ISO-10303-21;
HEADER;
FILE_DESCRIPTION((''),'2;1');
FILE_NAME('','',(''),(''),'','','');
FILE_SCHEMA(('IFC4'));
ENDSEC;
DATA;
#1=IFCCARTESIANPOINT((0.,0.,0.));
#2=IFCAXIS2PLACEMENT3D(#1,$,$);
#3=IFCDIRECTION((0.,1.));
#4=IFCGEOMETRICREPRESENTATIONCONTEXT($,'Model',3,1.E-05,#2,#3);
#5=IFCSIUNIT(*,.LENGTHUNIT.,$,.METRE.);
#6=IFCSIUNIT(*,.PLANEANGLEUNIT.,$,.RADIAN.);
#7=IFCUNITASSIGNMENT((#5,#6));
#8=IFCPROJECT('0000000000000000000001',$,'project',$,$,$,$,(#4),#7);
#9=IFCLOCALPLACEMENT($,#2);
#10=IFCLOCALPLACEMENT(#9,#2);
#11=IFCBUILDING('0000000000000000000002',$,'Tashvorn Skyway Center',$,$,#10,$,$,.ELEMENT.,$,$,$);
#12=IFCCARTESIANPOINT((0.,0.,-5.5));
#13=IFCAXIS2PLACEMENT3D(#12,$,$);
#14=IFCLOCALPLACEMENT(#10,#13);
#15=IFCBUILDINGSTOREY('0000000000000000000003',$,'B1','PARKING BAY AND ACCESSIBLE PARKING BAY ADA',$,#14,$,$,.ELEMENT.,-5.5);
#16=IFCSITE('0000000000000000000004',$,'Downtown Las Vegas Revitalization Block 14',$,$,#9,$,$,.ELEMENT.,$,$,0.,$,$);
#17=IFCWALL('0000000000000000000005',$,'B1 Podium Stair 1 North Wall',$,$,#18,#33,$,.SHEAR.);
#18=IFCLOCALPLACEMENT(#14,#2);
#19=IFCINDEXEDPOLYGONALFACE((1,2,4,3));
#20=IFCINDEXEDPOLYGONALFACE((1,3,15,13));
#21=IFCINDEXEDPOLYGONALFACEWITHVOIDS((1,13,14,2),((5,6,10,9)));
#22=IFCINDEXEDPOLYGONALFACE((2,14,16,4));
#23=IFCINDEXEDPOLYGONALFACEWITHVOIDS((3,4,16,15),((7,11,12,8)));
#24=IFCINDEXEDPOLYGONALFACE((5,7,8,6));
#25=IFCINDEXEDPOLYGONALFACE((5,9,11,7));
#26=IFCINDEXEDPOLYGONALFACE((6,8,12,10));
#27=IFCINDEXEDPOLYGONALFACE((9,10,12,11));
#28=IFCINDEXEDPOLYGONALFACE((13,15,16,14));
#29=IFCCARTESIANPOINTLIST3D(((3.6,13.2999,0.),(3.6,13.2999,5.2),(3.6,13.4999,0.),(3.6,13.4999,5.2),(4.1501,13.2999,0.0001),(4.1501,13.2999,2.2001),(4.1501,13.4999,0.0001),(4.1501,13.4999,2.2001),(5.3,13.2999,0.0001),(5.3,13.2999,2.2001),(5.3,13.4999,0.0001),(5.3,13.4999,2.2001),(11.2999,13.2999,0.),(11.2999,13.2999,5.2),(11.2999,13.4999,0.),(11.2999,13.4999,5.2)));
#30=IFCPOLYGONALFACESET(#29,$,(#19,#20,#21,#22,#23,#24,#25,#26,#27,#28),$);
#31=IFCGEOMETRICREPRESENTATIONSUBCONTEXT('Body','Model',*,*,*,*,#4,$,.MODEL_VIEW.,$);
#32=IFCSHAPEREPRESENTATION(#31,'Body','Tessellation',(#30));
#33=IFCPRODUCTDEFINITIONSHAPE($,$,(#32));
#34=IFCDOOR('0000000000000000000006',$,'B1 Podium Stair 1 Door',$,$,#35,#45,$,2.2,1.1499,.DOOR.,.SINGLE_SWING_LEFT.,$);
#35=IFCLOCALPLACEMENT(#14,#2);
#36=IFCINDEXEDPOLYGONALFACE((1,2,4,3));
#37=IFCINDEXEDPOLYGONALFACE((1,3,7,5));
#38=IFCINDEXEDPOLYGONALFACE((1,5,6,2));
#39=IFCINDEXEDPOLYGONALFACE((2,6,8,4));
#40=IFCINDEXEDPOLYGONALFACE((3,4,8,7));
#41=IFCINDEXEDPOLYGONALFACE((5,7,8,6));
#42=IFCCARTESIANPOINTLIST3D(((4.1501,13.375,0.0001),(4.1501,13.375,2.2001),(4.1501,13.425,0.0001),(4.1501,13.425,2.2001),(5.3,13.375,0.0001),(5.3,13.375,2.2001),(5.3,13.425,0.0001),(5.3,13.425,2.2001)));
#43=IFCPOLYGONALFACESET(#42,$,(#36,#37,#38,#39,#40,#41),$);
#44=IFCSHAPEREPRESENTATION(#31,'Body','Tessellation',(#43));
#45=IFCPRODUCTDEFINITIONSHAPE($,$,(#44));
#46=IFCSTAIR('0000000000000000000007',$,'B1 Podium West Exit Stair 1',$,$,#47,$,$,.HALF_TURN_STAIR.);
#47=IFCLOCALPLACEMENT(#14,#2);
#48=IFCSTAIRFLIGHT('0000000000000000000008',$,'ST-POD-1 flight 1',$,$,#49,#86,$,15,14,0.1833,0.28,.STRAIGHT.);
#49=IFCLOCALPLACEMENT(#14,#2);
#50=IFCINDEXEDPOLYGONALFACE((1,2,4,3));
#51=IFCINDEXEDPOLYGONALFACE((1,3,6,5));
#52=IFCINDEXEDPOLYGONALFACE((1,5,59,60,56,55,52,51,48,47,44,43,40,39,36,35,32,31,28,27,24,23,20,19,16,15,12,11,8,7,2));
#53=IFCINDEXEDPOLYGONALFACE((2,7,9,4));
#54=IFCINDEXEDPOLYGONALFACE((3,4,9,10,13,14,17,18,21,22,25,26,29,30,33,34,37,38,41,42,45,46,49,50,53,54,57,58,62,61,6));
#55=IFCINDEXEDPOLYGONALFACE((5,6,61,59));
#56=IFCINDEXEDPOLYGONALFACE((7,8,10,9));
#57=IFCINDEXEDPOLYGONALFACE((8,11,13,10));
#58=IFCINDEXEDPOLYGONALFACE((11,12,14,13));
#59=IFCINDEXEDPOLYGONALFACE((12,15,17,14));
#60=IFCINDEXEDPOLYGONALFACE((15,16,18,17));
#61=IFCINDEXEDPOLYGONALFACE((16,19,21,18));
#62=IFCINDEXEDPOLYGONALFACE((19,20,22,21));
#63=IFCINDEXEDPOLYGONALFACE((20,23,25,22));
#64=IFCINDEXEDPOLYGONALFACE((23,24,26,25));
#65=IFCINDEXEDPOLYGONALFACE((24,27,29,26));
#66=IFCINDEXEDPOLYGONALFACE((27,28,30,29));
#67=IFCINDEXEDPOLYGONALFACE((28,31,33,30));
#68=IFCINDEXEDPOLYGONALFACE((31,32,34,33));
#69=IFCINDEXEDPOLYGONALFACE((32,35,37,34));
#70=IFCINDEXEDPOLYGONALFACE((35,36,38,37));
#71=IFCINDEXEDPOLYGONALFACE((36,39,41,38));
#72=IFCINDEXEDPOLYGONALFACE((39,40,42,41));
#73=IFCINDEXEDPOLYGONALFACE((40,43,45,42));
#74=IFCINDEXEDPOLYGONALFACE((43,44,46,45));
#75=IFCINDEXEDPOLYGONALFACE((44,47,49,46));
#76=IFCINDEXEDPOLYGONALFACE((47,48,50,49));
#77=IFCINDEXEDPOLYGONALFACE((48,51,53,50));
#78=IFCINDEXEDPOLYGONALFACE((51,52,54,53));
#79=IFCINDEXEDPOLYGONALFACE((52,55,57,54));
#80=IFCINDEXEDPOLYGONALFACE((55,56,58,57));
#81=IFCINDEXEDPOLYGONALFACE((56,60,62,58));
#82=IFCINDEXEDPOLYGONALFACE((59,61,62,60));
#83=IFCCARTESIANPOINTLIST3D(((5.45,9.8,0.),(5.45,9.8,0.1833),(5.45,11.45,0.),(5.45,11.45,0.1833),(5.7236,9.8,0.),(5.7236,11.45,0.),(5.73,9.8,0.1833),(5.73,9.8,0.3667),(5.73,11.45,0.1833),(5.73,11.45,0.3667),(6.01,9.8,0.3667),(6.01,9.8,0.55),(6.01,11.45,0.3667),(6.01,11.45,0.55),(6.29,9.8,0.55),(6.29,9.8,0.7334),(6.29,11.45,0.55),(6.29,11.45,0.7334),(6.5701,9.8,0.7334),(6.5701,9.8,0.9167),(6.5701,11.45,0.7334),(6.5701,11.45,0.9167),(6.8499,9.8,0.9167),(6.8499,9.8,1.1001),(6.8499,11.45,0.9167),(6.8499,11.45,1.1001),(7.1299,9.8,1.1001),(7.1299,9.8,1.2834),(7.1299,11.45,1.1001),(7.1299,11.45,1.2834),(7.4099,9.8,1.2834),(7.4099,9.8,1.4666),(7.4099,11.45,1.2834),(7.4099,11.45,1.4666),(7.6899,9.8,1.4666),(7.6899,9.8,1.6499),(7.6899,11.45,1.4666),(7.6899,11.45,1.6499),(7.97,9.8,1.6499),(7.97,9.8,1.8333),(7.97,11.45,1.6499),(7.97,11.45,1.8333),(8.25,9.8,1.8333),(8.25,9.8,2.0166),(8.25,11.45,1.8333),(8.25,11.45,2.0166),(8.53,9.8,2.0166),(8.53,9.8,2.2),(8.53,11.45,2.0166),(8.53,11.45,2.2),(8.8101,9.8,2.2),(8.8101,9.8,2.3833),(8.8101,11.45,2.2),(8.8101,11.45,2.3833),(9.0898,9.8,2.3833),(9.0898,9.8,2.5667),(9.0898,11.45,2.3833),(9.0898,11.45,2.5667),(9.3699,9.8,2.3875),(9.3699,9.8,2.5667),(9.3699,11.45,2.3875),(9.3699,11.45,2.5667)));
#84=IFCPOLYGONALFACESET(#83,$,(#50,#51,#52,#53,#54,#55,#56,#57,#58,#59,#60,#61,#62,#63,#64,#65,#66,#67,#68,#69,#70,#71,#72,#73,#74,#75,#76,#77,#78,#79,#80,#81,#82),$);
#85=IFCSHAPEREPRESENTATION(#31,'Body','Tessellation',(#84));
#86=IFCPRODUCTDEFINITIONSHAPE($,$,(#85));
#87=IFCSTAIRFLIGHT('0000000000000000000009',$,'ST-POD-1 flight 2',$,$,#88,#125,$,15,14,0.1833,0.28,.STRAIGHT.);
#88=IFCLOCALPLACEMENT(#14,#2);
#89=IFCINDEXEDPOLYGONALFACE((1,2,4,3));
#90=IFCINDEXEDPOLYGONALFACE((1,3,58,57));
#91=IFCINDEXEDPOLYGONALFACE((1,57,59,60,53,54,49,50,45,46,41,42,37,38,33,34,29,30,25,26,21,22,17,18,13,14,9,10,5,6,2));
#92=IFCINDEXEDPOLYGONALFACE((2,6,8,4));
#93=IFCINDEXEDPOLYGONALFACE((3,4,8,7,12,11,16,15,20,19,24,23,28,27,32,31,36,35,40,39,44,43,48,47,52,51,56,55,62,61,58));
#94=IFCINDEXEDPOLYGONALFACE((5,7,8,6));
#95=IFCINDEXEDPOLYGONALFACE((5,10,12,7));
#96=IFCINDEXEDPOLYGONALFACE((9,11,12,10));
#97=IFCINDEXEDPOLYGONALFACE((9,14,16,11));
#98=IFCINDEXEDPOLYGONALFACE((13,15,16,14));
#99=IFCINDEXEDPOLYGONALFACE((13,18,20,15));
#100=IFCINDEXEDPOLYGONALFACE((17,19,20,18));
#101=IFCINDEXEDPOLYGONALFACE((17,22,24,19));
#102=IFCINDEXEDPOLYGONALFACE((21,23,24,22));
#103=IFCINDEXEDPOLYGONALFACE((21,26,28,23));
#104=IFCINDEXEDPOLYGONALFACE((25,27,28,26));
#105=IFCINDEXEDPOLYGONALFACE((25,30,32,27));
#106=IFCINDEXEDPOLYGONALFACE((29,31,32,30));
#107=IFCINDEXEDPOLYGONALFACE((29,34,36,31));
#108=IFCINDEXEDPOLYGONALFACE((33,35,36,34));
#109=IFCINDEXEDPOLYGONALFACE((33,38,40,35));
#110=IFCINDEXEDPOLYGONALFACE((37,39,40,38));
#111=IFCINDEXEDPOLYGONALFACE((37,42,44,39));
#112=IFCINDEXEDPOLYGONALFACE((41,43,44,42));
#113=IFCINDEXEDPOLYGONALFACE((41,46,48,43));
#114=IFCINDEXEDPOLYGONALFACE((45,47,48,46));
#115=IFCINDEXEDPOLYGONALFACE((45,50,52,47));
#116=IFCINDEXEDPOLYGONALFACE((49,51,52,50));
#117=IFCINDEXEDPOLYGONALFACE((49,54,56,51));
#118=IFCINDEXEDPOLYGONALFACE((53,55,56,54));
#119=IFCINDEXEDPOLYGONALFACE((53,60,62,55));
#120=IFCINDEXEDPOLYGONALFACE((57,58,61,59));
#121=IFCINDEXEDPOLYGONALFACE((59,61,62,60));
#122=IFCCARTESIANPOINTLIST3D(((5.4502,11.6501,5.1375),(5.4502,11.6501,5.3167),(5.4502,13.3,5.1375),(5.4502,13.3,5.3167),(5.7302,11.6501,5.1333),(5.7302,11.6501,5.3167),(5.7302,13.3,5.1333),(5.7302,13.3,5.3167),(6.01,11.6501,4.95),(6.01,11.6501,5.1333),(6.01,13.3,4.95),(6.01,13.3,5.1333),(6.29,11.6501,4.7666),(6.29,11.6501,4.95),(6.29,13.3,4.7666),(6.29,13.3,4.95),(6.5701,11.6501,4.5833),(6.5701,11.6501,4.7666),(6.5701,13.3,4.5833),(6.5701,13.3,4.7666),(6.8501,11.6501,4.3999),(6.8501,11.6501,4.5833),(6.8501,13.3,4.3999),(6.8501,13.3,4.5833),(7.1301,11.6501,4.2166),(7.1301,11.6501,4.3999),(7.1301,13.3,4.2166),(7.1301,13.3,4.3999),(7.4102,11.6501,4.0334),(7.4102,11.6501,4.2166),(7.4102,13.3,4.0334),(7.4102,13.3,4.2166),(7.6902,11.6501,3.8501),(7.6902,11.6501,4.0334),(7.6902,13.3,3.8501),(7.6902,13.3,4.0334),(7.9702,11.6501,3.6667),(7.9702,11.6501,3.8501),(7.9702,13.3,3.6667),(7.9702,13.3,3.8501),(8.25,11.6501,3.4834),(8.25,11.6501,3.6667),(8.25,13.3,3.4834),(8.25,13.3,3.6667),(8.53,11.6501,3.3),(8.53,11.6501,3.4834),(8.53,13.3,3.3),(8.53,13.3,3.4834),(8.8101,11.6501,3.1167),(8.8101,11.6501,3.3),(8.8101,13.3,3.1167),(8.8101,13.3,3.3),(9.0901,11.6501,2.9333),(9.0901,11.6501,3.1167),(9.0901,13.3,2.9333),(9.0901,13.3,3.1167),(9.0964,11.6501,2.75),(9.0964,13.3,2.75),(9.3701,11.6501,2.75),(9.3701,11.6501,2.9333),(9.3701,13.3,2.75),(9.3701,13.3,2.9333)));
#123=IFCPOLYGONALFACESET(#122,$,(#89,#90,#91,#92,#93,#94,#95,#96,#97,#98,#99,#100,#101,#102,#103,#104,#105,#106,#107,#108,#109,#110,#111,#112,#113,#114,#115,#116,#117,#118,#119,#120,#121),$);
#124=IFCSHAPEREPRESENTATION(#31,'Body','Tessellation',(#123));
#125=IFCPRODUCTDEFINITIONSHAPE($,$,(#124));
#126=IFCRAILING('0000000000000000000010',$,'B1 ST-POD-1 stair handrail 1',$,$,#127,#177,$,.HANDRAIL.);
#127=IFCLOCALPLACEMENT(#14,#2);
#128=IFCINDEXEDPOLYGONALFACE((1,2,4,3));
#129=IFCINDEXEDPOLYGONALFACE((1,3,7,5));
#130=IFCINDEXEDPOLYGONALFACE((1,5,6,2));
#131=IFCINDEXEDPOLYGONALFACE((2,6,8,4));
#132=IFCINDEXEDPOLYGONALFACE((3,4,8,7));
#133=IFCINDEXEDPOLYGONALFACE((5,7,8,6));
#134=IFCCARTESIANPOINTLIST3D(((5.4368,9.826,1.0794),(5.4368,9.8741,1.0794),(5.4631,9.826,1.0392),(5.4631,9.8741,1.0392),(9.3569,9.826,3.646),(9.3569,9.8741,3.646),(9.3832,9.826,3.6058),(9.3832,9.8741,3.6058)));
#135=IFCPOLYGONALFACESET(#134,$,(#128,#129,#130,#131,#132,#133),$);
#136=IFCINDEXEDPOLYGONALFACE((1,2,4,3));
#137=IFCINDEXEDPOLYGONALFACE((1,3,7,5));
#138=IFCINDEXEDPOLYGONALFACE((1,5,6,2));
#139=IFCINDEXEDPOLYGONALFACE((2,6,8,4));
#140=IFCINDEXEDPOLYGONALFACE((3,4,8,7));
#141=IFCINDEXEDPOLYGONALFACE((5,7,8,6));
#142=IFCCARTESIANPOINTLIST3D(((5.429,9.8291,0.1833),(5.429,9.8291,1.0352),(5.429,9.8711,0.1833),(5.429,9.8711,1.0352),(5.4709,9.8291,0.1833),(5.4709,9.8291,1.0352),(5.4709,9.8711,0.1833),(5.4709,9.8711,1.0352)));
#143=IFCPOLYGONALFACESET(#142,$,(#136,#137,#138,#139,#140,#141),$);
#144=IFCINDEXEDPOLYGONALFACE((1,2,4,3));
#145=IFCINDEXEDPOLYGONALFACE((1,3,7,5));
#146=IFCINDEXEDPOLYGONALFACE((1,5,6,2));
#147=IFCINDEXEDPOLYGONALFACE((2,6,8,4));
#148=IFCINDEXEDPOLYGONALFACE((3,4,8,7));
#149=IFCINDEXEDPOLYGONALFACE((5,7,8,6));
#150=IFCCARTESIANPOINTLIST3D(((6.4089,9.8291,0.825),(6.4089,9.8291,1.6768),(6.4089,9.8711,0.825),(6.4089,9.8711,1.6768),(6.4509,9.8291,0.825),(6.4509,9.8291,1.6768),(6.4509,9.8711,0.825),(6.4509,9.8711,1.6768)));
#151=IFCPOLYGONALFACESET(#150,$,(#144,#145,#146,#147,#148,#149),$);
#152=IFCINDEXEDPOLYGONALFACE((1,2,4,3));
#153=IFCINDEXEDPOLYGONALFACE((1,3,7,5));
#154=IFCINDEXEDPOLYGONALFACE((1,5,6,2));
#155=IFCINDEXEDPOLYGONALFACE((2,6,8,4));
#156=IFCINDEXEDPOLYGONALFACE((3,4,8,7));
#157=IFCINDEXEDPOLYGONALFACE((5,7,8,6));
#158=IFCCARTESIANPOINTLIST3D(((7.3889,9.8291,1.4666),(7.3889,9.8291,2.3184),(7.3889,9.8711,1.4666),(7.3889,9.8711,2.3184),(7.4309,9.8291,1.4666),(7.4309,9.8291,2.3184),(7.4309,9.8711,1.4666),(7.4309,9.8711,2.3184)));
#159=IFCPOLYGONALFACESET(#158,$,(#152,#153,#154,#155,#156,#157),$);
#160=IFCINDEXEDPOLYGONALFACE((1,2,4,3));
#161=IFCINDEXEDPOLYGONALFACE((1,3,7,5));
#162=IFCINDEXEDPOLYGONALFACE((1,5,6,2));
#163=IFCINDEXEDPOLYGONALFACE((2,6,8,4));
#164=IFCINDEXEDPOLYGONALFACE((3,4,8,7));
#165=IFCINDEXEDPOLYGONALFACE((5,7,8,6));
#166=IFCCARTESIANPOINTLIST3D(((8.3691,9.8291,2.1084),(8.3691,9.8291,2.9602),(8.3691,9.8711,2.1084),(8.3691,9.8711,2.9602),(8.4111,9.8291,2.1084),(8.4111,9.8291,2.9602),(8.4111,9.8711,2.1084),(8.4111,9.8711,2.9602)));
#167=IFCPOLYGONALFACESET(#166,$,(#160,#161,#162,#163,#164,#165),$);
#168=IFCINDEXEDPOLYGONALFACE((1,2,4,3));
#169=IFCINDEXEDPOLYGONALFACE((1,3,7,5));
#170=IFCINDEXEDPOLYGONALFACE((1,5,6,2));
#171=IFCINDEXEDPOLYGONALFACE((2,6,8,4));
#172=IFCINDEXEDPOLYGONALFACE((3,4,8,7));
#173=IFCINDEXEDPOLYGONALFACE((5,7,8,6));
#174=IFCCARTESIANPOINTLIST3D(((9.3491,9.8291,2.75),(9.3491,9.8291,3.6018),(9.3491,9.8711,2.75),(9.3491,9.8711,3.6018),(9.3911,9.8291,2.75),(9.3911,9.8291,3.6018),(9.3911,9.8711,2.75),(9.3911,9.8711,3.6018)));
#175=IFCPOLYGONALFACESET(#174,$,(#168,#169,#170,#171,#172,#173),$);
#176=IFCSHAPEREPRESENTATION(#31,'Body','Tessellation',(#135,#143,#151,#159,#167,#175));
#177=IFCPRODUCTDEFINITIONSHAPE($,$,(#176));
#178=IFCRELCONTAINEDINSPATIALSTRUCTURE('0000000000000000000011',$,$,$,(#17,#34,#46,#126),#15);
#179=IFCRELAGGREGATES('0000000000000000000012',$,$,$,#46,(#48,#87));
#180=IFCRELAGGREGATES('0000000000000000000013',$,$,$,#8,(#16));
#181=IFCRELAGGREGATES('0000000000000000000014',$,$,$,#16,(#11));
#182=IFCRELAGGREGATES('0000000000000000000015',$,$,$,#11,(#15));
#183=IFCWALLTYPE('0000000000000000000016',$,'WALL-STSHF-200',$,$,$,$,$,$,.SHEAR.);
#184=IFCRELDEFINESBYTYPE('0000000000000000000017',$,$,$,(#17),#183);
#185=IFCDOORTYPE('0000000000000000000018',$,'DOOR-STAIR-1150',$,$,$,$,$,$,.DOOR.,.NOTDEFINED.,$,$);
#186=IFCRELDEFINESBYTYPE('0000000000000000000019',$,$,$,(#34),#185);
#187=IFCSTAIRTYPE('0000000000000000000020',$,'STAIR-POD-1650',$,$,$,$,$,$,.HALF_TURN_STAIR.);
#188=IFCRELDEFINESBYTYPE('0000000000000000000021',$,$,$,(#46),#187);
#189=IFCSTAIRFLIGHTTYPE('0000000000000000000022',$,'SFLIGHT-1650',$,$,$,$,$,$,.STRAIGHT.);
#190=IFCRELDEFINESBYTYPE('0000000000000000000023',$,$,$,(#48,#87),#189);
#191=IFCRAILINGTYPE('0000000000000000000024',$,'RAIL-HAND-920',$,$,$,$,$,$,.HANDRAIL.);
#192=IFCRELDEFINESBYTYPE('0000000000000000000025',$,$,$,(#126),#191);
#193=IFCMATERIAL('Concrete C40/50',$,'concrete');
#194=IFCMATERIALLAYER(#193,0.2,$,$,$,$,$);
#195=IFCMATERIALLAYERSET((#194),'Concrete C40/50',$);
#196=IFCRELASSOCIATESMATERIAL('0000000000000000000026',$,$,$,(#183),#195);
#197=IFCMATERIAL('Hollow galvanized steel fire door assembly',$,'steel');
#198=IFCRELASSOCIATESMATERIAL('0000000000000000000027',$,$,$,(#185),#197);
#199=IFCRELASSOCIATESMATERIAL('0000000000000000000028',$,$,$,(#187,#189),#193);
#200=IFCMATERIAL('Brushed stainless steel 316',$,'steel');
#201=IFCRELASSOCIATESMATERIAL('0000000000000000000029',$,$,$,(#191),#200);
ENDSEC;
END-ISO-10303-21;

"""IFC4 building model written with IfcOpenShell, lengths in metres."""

from ifc_helpers import new_model, si_unit, direction, frame, frame_2d, origin, origin_2d, place, context, subcontext, project, spatial, polyline, rectangle, outline, extrude, material, layer, layer_set, type_object, element, fill, aggregate, save


model = new_model("IFC4")

# Units and contexts
model_context = context("Model", 3, precision=1e-05, world=origin(), true_north=direction((0.0, 1.0)))
body_context = subcontext(model_context, "Body", "Model", "MODEL_VIEW")
ifc_project = project(units=[si_unit("LENGTHUNIT", "METRE"), si_unit("PLANEANGLEUNIT", "RADIAN")], contexts=[model_context])

# Site, building, storey
site_placement = place(None, origin())
site = spatial("IfcSite", under=ifc_project, at=site_placement, Name="Downtown Las Vegas Revitalization Block 14", CompositionType="ELEMENT", RefElevation=0.0)
building_placement = place(site_placement, origin())
building = spatial("IfcBuilding", under=site, at=building_placement, Name="Tashvorn Skyway Center", CompositionType="ELEMENT")
storey_placement = place(building_placement, frame((0.0, 0.0, -5.5)))
storey = spatial("IfcBuildingStorey", under=building, at=storey_placement, Name="B1", Description="PARKING BAY AND ACCESSIBLE PARKING BAY ADA", CompositionType="ELEMENT", Elevation=-5.5)

# Wall, opening, door
ifc_material_1 = material(Name="Concrete C40/50", Category="concrete")
ifc_layer_1 = layer(ifc_material_1, 0.2)
ifc_layer_set_1 = layer_set([ifc_layer_1], Name="Concrete C40/50")
wall_type_1 = type_object("IfcWallType", Name="WALL-STSHF-200", PredefinedType="SHEAR", material=ifc_layer_set_1)
wall_1_placement = place(storey_placement, frame((11.3, 13.3999, 0.0), z_axis=(0.0, 0.0, 1.0), x_axis=(-1.0, 0.0, 0.0)))
wall_1 = element("IfcWall", 1, at=wall_1_placement, inside=storey, type_object=wall_type_1, Name="B1 Podium Stair 1 North Wall", PredefinedType="SHEAR", context=body_context, shape_type="SweptSolid", body=[
    extrude(rectangle(XDim=7.7, YDim=0.2, at=frame_2d((3.8501, 0.0))), origin(), (0.0, 0.0, 1.0), 5.2),
])
opening_1_placement = place(wall_1_placement, frame((6.0, 0.0, 0.0)))
opening_1 = element("IfcOpeningElement", 2, at=opening_1_placement, cuts=wall_1, PredefinedType="OPENING", context=body_context, shape_type="SweptSolid", body=[
    extrude(rectangle(XDim=1.1499, YDim=2.2, at=frame_2d((0.575, 1.1001))), frame((0.0, 0.1099, 0.0), z_axis=(0.0, -1.0, 0.0), x_axis=(1.0, 0.0, 0.0)), (0.0, 0.0, 1.0), 0.22),
])
ifc_material_2 = material(Name="Hollow galvanized steel fire door assembly", Category="steel")
door_type_1 = type_object("IfcDoorType", Name="DOOR-STAIR-1150", OperationType="NOTDEFINED", PredefinedType="DOOR", material=ifc_material_2)
door_1_placement = place(opening_1_placement, origin())
door_1 = element("IfcDoor", 3, at=door_1_placement, inside=storey, type_object=door_type_1, Name="B1 Podium Stair 1 Door", OperationType="SINGLE_SWING_LEFT", OverallHeight=2.2, OverallWidth=1.1499, PredefinedType="DOOR", context=body_context, shape_type="SweptSolid", body=[
    extrude(rectangle(XDim=1.1499, YDim=2.2, at=frame_2d((0.575, 1.1001))), frame((0.0, 0.0249, 0.0), z_axis=(0.0, -1.0, 0.0), x_axis=(1.0, 0.0, 0.0)), (0.0, 0.0, 1.0), 0.05),
])
fill(opening_1, door_1)

# Stair, stair flights
stair_type = type_object("IfcStairType", Name="STAIR-POD-1650", PredefinedType="HALF_TURN_STAIR", material=ifc_material_1)
stair_placement = place(storey_placement, origin())
stair = element("IfcStair", 4, at=stair_placement, inside=storey, type_object=stair_type, Name="B1 Podium West Exit Stair 1", PredefinedType="HALF_TURN_STAIR")
stair_flight_type = type_object("IfcStairFlightType", Name="SFLIGHT-1650", PredefinedType="STRAIGHT", material=ifc_material_1)
stair_flight_1_placement = place(storey_placement, frame((5.45, 10.625, 0.0), z_axis=(0.0, 0.0, 1.0), x_axis=(1.0, 0.0, 0.0)))
stair_flight_1 = element("IfcStairFlight", 5, at=stair_flight_1_placement, type_object=stair_flight_type, Name="ST-POD-1 flight 1", NumberOfRisers=15, NumberOfTreads=14, PredefinedType="STRAIGHT", RiserHeight=0.1833, TreadLength=0.28, context=body_context, shape_type="SweptSolid", body=[
    extrude(outline(polyline([(0.0, 0.0), (0.0, 0.1833), (0.28, 0.1833), (0.28, 0.3667), (0.5601, 0.3667), (0.5601, 0.55), (0.8401, 0.55), (0.8401, 0.7334), (1.1201, 0.7334), (1.1201, 0.9167), (1.3999, 0.9167), (1.3999, 1.1001), (1.6799, 1.1001), (1.6799, 1.2834), (1.96, 1.2834), (1.96, 1.4666), (2.24, 1.4666), (2.24, 1.6499), (2.52, 1.6499), (2.52, 1.8333), (2.8, 1.8333), (2.8, 2.0166), (3.0801, 2.0166), (3.0801, 2.2), (3.3601, 2.2), (3.3601, 2.3833), (3.6399, 2.3833), (3.6399, 2.5667), (3.9199, 2.5667), (3.9199, 2.75), (3.9199, 2.3875), (0.2737, 0.0), (0.0, 0.0)])), frame((0.0, 0.825, 0.0), z_axis=(0.0, -1.0, 0.0), x_axis=(1.0, 0.0, 0.0)), (0.0, 0.0, 1.0), 1.6499),
])
stair_flight_2_placement = place(storey_placement, frame((9.3701, 12.4751, 2.75), z_axis=(0.0, 0.0, 1.0), x_axis=(-1.0, 0.0, 0.0)))
stair_flight_2 = element("IfcStairFlight", 6, at=stair_flight_2_placement, type_object=stair_flight_type, Name="ST-POD-1 flight 2", NumberOfRisers=15, NumberOfTreads=14, PredefinedType="STRAIGHT", RiserHeight=0.1833, TreadLength=0.28, context=body_context, shape_type="SweptSolid", body=[
    extrude(outline(polyline([(0.0, 0.0), (0.0, 0.1833), (0.28, 0.1833), (0.28, 0.3667), (0.5601, 0.3667), (0.5601, 0.55), (0.8401, 0.55), (0.8401, 0.7334), (1.1201, 0.7334), (1.1201, 0.9167), (1.3999, 0.9167), (1.3999, 1.1001), (1.6799, 1.1001), (1.6799, 1.2834), (1.96, 1.2834), (1.96, 1.4666), (2.24, 1.4666), (2.24, 1.6499), (2.52, 1.6499), (2.52, 1.8333), (2.8, 1.8333), (2.8, 2.0166), (3.0801, 2.0166), (3.0801, 2.2), (3.3601, 2.2), (3.3601, 2.3833), (3.6399, 2.3833), (3.6399, 2.5667), (3.9199, 2.5667), (3.9199, 2.75), (3.9199, 2.3875), (0.2737, 0.0), (0.0, 0.0)])), frame((0.0, 0.825, 0.0), z_axis=(0.0, -1.0, 0.0), x_axis=(1.0, 0.0, 0.0)), (0.0, 0.0, 1.0), 1.6499),
])
aggregate(stair, [stair_flight_1, stair_flight_2])

# Railing
ifc_material_3 = material(Name="Brushed stainless steel 316", Category="steel")
railing_type_1 = type_object("IfcRailingType", Name="RAIL-HAND-920", PredefinedType="HANDRAIL", material=ifc_material_3)
railing_1_placement = place(storey_placement, frame((5.45, 9.8501, 0.1833)))
element("IfcRailing", 7, at=railing_1_placement, inside=storey, type_object=railing_type_1, Name="B1 ST-POD-1 stair handrail 1", PredefinedType="HANDRAIL", context=body_context, shape_type="SweptSolid", body=[
    extrude(rectangle(XDim=0.0481, YDim=0.0481, at=origin_2d()), frame((0.0, 0.0, 0.876), z_axis=(0.836631, 0.0, 0.547767), x_axis=(0.0, 1.0, 0.0)), (0.0, 0.0, 1.0), 4.6855),
    extrude(rectangle(XDim=0.042, YDim=0.042, at=origin_2d()), origin(), (0.0, 0.0, 1.0), 0.8518),
    extrude(rectangle(XDim=0.042, YDim=0.042, at=origin_2d()), frame((0.98, 0.0, 0.6416)), (0.0, 0.0, 1.0), 0.8518),
    extrude(rectangle(XDim=0.042, YDim=0.042, at=origin_2d()), frame((1.96, 0.0, 1.2832)), (0.0, 0.0, 1.0), 0.8518),
    extrude(rectangle(XDim=0.042, YDim=0.042, at=origin_2d()), frame((2.9402, 0.0, 1.925)), (0.0, 0.0, 1.0), 0.8518),
    extrude(rectangle(XDim=0.042, YDim=0.042, at=origin_2d()), frame((3.9202, 0.0, 2.5667)), (0.0, 0.0, 1.0), 0.8518),
])

save(model, "model.ifc")
